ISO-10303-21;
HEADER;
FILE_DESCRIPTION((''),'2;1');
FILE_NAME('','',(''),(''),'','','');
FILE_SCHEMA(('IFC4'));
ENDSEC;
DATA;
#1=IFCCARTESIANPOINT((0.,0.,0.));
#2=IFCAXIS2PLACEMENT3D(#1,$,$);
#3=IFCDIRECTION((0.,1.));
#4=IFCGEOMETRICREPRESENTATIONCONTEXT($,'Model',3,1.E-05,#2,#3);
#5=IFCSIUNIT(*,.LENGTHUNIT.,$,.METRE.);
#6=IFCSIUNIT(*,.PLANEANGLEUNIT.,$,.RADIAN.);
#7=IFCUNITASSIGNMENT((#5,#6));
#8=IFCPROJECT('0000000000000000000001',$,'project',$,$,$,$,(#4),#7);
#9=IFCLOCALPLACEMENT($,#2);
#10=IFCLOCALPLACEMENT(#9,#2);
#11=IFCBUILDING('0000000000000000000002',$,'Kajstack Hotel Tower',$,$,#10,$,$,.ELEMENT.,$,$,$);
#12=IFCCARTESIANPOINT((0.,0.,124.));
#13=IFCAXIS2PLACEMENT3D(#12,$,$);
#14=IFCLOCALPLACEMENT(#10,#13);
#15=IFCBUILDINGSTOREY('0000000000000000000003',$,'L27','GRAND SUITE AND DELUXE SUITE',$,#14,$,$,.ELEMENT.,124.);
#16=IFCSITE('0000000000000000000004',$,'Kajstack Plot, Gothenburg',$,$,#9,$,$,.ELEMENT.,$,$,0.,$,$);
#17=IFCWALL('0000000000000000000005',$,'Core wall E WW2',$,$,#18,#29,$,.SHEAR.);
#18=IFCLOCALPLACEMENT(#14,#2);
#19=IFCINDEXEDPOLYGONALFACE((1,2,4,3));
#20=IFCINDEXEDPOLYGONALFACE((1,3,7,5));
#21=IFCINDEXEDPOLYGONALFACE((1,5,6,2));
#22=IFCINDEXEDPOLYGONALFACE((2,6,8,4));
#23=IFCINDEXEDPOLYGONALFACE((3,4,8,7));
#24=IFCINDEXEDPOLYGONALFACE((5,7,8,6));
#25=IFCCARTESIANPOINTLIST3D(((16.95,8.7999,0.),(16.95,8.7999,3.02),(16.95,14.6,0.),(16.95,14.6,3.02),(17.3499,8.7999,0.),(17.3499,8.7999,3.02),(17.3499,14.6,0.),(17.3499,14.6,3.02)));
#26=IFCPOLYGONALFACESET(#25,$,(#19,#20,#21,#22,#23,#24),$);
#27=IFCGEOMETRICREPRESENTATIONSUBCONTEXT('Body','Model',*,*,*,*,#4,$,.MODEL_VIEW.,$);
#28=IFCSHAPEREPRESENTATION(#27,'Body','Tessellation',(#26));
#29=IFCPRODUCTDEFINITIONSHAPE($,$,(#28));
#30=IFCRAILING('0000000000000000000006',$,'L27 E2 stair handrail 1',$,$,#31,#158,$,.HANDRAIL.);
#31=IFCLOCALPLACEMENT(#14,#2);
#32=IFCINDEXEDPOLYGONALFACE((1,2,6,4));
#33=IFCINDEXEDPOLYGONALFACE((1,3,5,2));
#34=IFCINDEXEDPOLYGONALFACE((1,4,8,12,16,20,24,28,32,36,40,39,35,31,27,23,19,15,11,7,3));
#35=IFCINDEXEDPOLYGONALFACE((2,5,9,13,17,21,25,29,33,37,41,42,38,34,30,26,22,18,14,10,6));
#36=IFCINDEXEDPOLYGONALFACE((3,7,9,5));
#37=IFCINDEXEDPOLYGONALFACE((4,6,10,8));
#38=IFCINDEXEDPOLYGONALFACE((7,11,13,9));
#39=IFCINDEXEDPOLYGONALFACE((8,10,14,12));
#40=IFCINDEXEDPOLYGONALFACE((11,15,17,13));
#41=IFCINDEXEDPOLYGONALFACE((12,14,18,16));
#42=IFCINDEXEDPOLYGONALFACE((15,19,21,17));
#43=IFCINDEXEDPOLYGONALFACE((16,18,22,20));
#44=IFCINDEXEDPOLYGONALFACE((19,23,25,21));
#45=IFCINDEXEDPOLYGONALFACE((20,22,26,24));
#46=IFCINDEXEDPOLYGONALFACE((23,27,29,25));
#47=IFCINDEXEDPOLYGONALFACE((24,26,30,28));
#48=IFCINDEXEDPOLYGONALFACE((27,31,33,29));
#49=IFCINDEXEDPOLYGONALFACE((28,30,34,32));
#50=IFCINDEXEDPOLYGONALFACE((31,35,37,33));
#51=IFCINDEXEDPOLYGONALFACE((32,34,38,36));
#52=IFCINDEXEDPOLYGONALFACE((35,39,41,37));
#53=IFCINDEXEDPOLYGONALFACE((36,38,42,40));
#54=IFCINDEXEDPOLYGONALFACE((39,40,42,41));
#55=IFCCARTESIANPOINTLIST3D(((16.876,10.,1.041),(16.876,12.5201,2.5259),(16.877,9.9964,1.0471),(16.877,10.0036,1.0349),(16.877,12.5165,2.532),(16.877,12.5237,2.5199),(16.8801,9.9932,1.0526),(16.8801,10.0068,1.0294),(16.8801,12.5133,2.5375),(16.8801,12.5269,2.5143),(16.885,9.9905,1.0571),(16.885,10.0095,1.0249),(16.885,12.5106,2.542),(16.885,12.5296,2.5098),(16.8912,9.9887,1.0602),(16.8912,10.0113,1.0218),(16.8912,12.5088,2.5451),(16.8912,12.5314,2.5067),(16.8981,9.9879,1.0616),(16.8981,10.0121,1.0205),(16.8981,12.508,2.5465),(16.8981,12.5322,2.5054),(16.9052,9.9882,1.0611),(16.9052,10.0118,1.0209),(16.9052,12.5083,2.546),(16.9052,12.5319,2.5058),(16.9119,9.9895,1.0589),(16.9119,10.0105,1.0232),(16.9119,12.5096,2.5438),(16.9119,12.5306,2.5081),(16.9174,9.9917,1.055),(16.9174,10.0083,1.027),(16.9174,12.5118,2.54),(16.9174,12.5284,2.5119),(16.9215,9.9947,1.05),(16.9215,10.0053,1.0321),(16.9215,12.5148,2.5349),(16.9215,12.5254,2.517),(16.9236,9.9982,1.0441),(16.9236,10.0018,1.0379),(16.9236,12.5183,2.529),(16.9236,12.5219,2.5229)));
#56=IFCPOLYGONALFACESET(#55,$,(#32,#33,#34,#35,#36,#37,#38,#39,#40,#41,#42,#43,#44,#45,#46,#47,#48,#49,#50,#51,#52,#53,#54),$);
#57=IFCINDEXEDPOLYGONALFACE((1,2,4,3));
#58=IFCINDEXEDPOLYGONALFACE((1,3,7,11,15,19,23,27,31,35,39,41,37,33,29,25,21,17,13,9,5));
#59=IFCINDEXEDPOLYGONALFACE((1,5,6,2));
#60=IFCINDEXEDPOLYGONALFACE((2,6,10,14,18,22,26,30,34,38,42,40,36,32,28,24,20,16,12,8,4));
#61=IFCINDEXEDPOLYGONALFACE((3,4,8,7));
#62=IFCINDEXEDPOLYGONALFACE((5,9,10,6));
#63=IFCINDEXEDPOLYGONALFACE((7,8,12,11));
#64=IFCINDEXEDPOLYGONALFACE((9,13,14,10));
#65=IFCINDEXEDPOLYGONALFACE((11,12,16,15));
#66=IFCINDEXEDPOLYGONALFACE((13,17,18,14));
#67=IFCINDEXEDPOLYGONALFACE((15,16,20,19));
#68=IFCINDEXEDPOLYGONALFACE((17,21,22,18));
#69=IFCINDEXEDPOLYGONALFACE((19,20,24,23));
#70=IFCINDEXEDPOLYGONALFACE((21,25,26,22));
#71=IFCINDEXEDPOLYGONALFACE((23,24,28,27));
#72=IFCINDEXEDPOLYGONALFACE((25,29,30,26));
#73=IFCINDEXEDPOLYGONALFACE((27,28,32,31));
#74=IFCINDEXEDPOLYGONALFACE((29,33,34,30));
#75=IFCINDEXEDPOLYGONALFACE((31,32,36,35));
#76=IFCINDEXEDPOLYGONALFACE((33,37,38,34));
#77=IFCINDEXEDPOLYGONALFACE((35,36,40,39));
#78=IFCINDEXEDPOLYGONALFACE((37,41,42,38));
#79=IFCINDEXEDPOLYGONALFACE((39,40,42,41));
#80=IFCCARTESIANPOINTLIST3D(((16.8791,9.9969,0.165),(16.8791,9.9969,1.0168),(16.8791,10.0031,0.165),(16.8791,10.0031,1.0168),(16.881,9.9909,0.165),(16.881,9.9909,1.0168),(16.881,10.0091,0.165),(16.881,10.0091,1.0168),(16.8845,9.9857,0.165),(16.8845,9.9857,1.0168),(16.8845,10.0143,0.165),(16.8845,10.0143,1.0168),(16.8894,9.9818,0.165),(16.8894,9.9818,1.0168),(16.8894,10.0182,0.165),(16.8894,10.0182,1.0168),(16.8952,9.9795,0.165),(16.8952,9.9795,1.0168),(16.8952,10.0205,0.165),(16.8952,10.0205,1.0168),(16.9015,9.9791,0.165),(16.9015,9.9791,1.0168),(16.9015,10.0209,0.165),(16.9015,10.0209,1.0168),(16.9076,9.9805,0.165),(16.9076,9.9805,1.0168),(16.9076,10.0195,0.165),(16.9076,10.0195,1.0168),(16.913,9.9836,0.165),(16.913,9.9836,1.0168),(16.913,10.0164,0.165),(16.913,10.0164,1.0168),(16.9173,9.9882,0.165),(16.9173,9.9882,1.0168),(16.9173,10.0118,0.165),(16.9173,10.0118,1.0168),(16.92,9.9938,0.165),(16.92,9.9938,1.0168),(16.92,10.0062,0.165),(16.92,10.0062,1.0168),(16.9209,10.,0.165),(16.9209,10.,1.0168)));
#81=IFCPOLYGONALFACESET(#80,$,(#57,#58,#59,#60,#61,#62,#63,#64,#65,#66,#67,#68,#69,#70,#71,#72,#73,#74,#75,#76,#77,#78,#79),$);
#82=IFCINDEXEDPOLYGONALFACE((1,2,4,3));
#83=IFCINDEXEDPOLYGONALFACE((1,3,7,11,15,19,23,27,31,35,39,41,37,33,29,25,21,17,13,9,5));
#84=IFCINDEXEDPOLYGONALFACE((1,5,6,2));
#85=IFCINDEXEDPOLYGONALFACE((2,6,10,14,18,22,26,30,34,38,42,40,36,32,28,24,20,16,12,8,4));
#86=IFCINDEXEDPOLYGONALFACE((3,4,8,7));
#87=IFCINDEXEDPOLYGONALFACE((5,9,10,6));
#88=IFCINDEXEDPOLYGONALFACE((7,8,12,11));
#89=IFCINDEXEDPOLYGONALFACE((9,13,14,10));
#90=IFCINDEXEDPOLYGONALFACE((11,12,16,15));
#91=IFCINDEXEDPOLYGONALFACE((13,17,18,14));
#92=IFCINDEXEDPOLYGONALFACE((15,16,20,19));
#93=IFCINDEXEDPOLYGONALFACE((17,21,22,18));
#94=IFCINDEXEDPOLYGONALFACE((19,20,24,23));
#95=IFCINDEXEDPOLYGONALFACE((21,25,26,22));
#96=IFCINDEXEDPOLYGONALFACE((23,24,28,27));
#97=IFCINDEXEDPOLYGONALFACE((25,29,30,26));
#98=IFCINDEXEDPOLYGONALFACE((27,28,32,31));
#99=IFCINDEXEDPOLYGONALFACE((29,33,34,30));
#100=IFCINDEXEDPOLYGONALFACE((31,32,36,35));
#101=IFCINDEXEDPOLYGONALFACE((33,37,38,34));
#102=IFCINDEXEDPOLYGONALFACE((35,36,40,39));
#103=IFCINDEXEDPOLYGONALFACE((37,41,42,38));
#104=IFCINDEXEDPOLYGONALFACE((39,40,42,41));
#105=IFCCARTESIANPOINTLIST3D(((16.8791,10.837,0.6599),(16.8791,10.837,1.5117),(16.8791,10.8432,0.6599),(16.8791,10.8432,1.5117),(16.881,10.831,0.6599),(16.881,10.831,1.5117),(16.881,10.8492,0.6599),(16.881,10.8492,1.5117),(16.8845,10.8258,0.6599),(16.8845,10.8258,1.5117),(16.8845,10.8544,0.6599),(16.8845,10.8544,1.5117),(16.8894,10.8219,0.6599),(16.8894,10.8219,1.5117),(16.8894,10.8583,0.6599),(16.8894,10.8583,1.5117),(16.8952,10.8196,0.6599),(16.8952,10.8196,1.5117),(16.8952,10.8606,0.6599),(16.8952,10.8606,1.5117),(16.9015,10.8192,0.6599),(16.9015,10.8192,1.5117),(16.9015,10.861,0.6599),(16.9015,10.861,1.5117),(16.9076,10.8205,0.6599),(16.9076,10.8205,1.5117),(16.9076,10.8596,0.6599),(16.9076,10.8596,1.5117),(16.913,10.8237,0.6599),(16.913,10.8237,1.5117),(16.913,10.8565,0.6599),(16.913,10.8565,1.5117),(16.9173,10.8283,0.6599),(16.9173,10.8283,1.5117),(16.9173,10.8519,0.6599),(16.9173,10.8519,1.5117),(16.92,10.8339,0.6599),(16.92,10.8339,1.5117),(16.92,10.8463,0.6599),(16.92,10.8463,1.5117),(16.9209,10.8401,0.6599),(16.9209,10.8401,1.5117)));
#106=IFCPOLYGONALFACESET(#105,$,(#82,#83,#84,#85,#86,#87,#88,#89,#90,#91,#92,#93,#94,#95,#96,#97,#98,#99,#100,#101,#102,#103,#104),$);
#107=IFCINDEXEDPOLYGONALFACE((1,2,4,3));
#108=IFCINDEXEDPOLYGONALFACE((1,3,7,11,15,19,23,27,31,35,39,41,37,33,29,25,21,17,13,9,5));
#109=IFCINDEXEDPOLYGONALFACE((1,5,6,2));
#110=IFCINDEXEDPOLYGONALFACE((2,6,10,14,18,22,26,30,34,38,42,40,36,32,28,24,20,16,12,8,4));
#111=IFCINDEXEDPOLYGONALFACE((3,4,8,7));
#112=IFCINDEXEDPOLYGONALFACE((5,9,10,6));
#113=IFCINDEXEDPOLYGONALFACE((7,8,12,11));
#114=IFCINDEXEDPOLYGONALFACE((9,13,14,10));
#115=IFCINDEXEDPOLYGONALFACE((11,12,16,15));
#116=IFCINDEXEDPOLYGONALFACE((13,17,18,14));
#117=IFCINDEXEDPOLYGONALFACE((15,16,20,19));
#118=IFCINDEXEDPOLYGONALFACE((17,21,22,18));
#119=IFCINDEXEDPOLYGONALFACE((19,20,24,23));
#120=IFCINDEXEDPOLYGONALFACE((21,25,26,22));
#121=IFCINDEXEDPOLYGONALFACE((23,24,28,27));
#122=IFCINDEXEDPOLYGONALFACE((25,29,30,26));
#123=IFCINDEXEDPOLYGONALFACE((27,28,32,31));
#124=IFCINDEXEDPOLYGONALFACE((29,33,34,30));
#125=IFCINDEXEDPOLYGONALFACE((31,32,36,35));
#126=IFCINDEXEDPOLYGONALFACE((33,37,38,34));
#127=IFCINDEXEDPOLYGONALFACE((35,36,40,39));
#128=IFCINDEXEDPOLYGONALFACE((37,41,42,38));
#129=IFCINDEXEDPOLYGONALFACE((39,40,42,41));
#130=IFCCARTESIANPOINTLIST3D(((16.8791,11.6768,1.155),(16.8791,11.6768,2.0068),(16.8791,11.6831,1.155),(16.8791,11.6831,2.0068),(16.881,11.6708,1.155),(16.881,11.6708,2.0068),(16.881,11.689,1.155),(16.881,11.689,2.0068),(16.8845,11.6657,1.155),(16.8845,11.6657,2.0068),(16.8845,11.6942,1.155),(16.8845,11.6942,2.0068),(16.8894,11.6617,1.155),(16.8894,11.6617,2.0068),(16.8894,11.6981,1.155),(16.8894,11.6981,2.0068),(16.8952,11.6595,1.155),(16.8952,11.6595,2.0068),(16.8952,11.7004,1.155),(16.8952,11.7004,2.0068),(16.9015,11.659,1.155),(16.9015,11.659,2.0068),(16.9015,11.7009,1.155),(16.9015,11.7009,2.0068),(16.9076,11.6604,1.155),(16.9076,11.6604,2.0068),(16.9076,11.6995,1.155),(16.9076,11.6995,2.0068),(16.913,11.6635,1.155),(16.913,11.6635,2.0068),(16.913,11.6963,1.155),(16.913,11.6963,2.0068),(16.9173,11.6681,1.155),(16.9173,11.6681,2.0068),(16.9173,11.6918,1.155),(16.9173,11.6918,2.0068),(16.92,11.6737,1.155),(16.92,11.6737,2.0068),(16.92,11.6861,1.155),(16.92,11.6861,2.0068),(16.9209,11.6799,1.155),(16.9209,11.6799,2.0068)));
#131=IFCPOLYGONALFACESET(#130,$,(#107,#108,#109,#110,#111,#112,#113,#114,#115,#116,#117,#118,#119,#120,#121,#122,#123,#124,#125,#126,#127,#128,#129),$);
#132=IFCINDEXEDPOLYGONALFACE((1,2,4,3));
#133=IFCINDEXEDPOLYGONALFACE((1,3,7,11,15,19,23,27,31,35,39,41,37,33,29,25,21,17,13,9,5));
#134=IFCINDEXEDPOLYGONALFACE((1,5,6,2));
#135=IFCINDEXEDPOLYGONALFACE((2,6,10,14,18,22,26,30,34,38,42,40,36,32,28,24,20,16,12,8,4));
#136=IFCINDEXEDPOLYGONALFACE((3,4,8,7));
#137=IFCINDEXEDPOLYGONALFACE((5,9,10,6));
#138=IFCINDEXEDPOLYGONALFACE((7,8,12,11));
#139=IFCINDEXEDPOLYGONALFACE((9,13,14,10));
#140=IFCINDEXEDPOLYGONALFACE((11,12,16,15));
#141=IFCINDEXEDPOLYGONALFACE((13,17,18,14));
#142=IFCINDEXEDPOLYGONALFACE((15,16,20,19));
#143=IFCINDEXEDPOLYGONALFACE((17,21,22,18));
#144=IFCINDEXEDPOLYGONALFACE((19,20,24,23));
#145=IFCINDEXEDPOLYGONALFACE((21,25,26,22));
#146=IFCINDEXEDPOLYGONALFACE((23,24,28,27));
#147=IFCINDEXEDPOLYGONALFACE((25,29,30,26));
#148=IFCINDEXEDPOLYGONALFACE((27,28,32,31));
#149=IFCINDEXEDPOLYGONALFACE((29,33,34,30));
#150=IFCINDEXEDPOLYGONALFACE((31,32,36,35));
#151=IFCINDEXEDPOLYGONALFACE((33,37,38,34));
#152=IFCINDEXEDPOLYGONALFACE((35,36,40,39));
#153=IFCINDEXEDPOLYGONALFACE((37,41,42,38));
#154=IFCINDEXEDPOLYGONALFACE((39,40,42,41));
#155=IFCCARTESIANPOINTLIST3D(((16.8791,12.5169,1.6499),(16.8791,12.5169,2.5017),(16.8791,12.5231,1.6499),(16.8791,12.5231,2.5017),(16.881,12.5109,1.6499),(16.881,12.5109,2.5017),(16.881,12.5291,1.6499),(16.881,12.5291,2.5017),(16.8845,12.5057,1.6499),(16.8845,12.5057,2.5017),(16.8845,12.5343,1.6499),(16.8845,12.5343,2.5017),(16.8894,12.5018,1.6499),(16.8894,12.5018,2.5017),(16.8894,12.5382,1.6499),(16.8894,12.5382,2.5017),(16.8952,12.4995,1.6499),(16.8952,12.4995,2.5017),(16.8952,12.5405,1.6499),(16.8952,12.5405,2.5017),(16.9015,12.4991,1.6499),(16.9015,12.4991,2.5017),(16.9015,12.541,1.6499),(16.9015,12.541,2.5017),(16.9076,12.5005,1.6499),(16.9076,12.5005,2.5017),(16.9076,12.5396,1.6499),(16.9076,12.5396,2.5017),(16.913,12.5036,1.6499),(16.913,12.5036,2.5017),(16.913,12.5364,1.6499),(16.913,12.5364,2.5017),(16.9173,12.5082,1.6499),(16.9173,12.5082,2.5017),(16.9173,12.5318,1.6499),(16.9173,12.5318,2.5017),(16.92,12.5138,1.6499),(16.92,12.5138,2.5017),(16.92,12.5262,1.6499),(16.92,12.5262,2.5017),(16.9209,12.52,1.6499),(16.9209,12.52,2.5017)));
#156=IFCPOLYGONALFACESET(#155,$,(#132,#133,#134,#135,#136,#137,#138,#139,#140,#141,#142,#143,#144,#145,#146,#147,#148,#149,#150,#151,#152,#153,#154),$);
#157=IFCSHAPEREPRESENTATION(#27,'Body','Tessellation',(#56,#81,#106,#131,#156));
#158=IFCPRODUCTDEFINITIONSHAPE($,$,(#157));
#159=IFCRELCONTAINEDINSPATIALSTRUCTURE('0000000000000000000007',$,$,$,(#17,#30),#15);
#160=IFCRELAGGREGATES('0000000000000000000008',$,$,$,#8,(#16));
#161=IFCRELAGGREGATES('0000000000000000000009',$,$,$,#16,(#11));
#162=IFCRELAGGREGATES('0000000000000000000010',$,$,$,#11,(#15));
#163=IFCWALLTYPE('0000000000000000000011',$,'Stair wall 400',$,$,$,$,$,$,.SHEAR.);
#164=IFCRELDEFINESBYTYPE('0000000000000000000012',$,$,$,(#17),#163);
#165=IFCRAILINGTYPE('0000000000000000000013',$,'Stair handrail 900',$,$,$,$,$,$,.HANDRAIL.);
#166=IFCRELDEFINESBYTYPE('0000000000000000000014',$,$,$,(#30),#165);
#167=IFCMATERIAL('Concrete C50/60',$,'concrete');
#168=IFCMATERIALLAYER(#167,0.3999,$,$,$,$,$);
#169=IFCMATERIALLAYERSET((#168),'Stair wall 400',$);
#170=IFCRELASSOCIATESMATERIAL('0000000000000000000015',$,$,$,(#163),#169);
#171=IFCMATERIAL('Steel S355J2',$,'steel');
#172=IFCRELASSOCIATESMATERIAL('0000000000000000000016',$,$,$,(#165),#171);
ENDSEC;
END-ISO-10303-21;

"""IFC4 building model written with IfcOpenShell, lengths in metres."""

from ifc_helpers import new_model, si_unit, direction, frame, frame_2d, origin, origin_2d, place, context, subcontext, project, spatial, rectangle, circle, extrude, material, layer, layer_set, type_object, element, save


model = new_model("IFC4")

# Units and contexts
model_context = context("Model", 3, precision=1e-05, world=origin(), true_north=direction((0.0, 1.0)))
body_context = subcontext(model_context, "Body", "Model", "MODEL_VIEW")
ifc_project = project(units=[si_unit("LENGTHUNIT", "METRE"), si_unit("PLANEANGLEUNIT", "RADIAN")], contexts=[model_context])

# Site, building, storey
site_placement = place(None, origin())
site = spatial("IfcSite", under=ifc_project, at=site_placement, Name="Kajstack Plot, Gothenburg", CompositionType="ELEMENT", RefElevation=0.0)
building_placement = place(site_placement, origin())
building = spatial("IfcBuilding", under=site, at=building_placement, Name="Kajstack Hotel Tower", CompositionType="ELEMENT")
storey_placement = place(building_placement, frame((0.0, 0.0, 124.0)))
storey = spatial("IfcBuildingStorey", under=building, at=storey_placement, Name="L27", Description="GRAND SUITE AND DELUXE SUITE", CompositionType="ELEMENT", Elevation=124.0)

# Shared definitions
ifc_material_1 = material(Name="Concrete C50/60", Category="concrete")

# Wall
ifc_layer_1 = layer(ifc_material_1, 0.3999)
ifc_layer_set_1 = layer_set([ifc_layer_1], Name="Stair wall 400")
wall_type_1 = type_object("IfcWallType", Name="Stair wall 400", PredefinedType="SHEAR", material=ifc_layer_set_1)
wall_1_placement = place(storey_placement, frame((17.1499, 8.8, 0.0), z_axis=(0.0, 0.0, 1.0), x_axis=(0.0, 1.0, 0.0)))
element("IfcWall", 1, at=wall_1_placement, inside=storey, type_object=wall_type_1, Name="Core wall E WW2", PredefinedType="SHEAR", context=body_context, shape_type="SweptSolid", body=[
    extrude(rectangle(XDim=5.8, YDim=0.3999, at=frame_2d((2.8999, 0.0))), origin(), (0.0, 0.0, 1.0), 3.02),
])

# Railing
ifc_material_2 = material(Name="Steel S355J2", Category="steel")
railing_type_1 = type_object("IfcRailingType", Name="Stair handrail 900", PredefinedType="HANDRAIL", material=ifc_material_2)
railing_1_placement = place(storey_placement, frame((16.8999, 10.0, 0.165)))
element("IfcRailing", 2, at=railing_1_placement, inside=storey, type_object=railing_type_1, Name="L27 E2 stair handrail 1", PredefinedType="HANDRAIL", context=body_context, shape_type="SweptSolid", body=[
    extrude(circle(Radius=0.0239, at=origin_2d()), frame((0.0, 0.0, 0.876), z_axis=(0.0, 0.861561, 0.507655), x_axis=(-1.0, 0.0, 0.0)), (0.0, 0.0, 1.0), 2.925),
    extrude(circle(Radius=0.021, at=origin_2d()), origin(), (0.0, 0.0, 1.0), 0.8518),
    extrude(circle(Radius=0.021, at=origin_2d()), frame((0.0, 0.8401, 0.4949)), (0.0, 0.0, 1.0), 0.8518),
    extrude(circle(Radius=0.021, at=origin_2d()), frame((0.0, 1.6799, 0.99)), (0.0, 0.0, 1.0), 0.8518),
    extrude(circle(Radius=0.021, at=origin_2d()), frame((0.0, 2.52, 1.4849)), (0.0, 0.0, 1.0), 0.8518),
])

save(model, "model.ifc")
